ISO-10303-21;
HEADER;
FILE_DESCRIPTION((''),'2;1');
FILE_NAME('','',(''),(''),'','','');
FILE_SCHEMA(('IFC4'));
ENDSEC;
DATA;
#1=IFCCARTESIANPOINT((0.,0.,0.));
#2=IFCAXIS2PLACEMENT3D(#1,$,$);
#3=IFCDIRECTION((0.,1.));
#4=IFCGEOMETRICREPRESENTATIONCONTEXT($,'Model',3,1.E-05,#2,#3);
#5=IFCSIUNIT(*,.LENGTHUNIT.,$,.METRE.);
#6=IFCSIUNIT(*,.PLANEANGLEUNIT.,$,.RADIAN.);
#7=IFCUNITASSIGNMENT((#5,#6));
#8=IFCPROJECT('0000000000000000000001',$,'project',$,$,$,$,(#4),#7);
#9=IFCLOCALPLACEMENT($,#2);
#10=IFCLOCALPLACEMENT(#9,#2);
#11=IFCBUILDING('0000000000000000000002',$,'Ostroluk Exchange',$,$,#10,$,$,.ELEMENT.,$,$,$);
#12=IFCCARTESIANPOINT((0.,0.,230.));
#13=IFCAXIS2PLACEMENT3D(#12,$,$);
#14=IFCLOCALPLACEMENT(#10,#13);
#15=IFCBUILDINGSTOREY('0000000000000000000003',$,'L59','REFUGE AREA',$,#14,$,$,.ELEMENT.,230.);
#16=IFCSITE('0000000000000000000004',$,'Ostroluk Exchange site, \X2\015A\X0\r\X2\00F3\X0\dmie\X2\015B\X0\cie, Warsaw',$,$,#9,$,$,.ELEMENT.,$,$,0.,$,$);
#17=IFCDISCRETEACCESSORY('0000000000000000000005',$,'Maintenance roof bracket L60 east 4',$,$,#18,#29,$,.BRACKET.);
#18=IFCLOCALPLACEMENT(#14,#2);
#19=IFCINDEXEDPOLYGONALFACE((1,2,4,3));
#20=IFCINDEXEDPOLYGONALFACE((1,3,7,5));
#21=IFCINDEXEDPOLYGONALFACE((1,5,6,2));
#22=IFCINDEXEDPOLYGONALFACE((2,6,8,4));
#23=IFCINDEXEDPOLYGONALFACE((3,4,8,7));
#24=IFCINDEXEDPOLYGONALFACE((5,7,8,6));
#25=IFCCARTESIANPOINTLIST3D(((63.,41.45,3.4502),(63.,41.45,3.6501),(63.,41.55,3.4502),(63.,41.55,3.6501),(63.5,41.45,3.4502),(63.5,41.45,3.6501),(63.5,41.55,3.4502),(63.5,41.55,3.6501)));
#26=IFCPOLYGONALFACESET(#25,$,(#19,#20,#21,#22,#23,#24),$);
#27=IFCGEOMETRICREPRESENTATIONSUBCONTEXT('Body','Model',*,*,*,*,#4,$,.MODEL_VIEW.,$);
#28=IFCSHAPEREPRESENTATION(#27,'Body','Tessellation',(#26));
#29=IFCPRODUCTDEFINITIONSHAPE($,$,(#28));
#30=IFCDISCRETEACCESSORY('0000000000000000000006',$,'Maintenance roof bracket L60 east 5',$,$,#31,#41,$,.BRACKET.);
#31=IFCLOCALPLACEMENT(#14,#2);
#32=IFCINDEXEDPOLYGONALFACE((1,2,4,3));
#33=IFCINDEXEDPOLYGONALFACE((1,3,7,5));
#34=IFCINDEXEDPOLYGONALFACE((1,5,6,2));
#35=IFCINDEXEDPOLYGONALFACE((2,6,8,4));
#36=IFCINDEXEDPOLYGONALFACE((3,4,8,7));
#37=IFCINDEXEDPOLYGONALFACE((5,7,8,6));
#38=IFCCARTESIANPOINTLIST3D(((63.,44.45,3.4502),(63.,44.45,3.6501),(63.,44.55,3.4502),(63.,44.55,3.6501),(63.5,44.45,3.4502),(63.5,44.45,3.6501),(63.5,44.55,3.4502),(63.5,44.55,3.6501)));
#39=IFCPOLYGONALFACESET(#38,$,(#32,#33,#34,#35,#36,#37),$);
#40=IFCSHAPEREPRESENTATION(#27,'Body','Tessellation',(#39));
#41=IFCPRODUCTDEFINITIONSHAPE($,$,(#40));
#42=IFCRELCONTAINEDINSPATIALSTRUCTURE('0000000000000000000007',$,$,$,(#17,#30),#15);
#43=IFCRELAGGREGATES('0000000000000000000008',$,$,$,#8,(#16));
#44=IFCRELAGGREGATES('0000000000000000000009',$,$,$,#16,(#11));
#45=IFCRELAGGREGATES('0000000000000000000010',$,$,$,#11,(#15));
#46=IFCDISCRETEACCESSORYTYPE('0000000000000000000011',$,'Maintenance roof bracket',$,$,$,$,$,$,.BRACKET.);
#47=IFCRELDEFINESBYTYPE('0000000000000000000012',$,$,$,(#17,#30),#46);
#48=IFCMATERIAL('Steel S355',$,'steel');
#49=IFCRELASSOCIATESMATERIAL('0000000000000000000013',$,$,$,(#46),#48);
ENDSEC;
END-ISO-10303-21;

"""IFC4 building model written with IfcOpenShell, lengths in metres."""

from ifc_helpers import new_model, si_unit, direction, frame, origin, origin_2d, place, context, subcontext, project, spatial, rectangle, extrude, material, type_object, element, save


model = new_model("IFC4")

# Units and contexts
model_context = context("Model", 3, precision=1e-05, world=origin(), true_north=direction((0.0, 1.0)))
body_context = subcontext(model_context, "Body", "Model", "MODEL_VIEW")
ifc_project = project(units=[si_unit("LENGTHUNIT", "METRE"), si_unit("PLANEANGLEUNIT", "RADIAN")], contexts=[model_context])

# Site, building, storey
site_placement = place(None, origin())
site = spatial("IfcSite", under=ifc_project, at=site_placement, Name="Ostroluk Exchange site, Śródmieście, Warsaw", CompositionType="ELEMENT", RefElevation=0.0)
building_placement = place(site_placement, origin())
building = spatial("IfcBuilding", under=site, at=building_placement, Name="Ostroluk Exchange", CompositionType="ELEMENT")
storey_placement = place(building_placement, frame((0.0, 0.0, 230.0)))
storey = spatial("IfcBuildingStorey", under=building, at=storey_placement, Name="L59", Description="REFUGE AREA", CompositionType="ELEMENT", Elevation=230.0)

# Discrete accessories
ifc_material_1 = material(Name="Steel S355", Category="steel")
discrete_accessory_type = type_object("IfcDiscreteAccessoryType", Name="Maintenance roof bracket", PredefinedType="BRACKET", material=ifc_material_1)
for number, where, z_axis, x_axis, name in (
    (1, (63.25, 41.5, 3.4502), (0.0, 0.0, 1.0), (1.0, 0.0, 0.0), "Maintenance roof bracket L60 east 4"),
    (2, (63.25, 44.5, 3.4502), (0.0, 0.0, 1.0), (1.0, 0.0, 0.0), "Maintenance roof bracket L60 east 5"),
):
    element("IfcDiscreteAccessory", number, at=place(storey_placement, frame(where, z_axis=z_axis, x_axis=x_axis)), inside=storey, type_object=discrete_accessory_type, Name=name, PredefinedType="BRACKET", context=body_context, shape_type="SweptSolid", body=[
        extrude(rectangle(XDim=0.5, YDim=0.1001, at=origin_2d()), origin(), (0.0, 0.0, 1.0), 0.2),
    ])

save(model, "model.ifc")
